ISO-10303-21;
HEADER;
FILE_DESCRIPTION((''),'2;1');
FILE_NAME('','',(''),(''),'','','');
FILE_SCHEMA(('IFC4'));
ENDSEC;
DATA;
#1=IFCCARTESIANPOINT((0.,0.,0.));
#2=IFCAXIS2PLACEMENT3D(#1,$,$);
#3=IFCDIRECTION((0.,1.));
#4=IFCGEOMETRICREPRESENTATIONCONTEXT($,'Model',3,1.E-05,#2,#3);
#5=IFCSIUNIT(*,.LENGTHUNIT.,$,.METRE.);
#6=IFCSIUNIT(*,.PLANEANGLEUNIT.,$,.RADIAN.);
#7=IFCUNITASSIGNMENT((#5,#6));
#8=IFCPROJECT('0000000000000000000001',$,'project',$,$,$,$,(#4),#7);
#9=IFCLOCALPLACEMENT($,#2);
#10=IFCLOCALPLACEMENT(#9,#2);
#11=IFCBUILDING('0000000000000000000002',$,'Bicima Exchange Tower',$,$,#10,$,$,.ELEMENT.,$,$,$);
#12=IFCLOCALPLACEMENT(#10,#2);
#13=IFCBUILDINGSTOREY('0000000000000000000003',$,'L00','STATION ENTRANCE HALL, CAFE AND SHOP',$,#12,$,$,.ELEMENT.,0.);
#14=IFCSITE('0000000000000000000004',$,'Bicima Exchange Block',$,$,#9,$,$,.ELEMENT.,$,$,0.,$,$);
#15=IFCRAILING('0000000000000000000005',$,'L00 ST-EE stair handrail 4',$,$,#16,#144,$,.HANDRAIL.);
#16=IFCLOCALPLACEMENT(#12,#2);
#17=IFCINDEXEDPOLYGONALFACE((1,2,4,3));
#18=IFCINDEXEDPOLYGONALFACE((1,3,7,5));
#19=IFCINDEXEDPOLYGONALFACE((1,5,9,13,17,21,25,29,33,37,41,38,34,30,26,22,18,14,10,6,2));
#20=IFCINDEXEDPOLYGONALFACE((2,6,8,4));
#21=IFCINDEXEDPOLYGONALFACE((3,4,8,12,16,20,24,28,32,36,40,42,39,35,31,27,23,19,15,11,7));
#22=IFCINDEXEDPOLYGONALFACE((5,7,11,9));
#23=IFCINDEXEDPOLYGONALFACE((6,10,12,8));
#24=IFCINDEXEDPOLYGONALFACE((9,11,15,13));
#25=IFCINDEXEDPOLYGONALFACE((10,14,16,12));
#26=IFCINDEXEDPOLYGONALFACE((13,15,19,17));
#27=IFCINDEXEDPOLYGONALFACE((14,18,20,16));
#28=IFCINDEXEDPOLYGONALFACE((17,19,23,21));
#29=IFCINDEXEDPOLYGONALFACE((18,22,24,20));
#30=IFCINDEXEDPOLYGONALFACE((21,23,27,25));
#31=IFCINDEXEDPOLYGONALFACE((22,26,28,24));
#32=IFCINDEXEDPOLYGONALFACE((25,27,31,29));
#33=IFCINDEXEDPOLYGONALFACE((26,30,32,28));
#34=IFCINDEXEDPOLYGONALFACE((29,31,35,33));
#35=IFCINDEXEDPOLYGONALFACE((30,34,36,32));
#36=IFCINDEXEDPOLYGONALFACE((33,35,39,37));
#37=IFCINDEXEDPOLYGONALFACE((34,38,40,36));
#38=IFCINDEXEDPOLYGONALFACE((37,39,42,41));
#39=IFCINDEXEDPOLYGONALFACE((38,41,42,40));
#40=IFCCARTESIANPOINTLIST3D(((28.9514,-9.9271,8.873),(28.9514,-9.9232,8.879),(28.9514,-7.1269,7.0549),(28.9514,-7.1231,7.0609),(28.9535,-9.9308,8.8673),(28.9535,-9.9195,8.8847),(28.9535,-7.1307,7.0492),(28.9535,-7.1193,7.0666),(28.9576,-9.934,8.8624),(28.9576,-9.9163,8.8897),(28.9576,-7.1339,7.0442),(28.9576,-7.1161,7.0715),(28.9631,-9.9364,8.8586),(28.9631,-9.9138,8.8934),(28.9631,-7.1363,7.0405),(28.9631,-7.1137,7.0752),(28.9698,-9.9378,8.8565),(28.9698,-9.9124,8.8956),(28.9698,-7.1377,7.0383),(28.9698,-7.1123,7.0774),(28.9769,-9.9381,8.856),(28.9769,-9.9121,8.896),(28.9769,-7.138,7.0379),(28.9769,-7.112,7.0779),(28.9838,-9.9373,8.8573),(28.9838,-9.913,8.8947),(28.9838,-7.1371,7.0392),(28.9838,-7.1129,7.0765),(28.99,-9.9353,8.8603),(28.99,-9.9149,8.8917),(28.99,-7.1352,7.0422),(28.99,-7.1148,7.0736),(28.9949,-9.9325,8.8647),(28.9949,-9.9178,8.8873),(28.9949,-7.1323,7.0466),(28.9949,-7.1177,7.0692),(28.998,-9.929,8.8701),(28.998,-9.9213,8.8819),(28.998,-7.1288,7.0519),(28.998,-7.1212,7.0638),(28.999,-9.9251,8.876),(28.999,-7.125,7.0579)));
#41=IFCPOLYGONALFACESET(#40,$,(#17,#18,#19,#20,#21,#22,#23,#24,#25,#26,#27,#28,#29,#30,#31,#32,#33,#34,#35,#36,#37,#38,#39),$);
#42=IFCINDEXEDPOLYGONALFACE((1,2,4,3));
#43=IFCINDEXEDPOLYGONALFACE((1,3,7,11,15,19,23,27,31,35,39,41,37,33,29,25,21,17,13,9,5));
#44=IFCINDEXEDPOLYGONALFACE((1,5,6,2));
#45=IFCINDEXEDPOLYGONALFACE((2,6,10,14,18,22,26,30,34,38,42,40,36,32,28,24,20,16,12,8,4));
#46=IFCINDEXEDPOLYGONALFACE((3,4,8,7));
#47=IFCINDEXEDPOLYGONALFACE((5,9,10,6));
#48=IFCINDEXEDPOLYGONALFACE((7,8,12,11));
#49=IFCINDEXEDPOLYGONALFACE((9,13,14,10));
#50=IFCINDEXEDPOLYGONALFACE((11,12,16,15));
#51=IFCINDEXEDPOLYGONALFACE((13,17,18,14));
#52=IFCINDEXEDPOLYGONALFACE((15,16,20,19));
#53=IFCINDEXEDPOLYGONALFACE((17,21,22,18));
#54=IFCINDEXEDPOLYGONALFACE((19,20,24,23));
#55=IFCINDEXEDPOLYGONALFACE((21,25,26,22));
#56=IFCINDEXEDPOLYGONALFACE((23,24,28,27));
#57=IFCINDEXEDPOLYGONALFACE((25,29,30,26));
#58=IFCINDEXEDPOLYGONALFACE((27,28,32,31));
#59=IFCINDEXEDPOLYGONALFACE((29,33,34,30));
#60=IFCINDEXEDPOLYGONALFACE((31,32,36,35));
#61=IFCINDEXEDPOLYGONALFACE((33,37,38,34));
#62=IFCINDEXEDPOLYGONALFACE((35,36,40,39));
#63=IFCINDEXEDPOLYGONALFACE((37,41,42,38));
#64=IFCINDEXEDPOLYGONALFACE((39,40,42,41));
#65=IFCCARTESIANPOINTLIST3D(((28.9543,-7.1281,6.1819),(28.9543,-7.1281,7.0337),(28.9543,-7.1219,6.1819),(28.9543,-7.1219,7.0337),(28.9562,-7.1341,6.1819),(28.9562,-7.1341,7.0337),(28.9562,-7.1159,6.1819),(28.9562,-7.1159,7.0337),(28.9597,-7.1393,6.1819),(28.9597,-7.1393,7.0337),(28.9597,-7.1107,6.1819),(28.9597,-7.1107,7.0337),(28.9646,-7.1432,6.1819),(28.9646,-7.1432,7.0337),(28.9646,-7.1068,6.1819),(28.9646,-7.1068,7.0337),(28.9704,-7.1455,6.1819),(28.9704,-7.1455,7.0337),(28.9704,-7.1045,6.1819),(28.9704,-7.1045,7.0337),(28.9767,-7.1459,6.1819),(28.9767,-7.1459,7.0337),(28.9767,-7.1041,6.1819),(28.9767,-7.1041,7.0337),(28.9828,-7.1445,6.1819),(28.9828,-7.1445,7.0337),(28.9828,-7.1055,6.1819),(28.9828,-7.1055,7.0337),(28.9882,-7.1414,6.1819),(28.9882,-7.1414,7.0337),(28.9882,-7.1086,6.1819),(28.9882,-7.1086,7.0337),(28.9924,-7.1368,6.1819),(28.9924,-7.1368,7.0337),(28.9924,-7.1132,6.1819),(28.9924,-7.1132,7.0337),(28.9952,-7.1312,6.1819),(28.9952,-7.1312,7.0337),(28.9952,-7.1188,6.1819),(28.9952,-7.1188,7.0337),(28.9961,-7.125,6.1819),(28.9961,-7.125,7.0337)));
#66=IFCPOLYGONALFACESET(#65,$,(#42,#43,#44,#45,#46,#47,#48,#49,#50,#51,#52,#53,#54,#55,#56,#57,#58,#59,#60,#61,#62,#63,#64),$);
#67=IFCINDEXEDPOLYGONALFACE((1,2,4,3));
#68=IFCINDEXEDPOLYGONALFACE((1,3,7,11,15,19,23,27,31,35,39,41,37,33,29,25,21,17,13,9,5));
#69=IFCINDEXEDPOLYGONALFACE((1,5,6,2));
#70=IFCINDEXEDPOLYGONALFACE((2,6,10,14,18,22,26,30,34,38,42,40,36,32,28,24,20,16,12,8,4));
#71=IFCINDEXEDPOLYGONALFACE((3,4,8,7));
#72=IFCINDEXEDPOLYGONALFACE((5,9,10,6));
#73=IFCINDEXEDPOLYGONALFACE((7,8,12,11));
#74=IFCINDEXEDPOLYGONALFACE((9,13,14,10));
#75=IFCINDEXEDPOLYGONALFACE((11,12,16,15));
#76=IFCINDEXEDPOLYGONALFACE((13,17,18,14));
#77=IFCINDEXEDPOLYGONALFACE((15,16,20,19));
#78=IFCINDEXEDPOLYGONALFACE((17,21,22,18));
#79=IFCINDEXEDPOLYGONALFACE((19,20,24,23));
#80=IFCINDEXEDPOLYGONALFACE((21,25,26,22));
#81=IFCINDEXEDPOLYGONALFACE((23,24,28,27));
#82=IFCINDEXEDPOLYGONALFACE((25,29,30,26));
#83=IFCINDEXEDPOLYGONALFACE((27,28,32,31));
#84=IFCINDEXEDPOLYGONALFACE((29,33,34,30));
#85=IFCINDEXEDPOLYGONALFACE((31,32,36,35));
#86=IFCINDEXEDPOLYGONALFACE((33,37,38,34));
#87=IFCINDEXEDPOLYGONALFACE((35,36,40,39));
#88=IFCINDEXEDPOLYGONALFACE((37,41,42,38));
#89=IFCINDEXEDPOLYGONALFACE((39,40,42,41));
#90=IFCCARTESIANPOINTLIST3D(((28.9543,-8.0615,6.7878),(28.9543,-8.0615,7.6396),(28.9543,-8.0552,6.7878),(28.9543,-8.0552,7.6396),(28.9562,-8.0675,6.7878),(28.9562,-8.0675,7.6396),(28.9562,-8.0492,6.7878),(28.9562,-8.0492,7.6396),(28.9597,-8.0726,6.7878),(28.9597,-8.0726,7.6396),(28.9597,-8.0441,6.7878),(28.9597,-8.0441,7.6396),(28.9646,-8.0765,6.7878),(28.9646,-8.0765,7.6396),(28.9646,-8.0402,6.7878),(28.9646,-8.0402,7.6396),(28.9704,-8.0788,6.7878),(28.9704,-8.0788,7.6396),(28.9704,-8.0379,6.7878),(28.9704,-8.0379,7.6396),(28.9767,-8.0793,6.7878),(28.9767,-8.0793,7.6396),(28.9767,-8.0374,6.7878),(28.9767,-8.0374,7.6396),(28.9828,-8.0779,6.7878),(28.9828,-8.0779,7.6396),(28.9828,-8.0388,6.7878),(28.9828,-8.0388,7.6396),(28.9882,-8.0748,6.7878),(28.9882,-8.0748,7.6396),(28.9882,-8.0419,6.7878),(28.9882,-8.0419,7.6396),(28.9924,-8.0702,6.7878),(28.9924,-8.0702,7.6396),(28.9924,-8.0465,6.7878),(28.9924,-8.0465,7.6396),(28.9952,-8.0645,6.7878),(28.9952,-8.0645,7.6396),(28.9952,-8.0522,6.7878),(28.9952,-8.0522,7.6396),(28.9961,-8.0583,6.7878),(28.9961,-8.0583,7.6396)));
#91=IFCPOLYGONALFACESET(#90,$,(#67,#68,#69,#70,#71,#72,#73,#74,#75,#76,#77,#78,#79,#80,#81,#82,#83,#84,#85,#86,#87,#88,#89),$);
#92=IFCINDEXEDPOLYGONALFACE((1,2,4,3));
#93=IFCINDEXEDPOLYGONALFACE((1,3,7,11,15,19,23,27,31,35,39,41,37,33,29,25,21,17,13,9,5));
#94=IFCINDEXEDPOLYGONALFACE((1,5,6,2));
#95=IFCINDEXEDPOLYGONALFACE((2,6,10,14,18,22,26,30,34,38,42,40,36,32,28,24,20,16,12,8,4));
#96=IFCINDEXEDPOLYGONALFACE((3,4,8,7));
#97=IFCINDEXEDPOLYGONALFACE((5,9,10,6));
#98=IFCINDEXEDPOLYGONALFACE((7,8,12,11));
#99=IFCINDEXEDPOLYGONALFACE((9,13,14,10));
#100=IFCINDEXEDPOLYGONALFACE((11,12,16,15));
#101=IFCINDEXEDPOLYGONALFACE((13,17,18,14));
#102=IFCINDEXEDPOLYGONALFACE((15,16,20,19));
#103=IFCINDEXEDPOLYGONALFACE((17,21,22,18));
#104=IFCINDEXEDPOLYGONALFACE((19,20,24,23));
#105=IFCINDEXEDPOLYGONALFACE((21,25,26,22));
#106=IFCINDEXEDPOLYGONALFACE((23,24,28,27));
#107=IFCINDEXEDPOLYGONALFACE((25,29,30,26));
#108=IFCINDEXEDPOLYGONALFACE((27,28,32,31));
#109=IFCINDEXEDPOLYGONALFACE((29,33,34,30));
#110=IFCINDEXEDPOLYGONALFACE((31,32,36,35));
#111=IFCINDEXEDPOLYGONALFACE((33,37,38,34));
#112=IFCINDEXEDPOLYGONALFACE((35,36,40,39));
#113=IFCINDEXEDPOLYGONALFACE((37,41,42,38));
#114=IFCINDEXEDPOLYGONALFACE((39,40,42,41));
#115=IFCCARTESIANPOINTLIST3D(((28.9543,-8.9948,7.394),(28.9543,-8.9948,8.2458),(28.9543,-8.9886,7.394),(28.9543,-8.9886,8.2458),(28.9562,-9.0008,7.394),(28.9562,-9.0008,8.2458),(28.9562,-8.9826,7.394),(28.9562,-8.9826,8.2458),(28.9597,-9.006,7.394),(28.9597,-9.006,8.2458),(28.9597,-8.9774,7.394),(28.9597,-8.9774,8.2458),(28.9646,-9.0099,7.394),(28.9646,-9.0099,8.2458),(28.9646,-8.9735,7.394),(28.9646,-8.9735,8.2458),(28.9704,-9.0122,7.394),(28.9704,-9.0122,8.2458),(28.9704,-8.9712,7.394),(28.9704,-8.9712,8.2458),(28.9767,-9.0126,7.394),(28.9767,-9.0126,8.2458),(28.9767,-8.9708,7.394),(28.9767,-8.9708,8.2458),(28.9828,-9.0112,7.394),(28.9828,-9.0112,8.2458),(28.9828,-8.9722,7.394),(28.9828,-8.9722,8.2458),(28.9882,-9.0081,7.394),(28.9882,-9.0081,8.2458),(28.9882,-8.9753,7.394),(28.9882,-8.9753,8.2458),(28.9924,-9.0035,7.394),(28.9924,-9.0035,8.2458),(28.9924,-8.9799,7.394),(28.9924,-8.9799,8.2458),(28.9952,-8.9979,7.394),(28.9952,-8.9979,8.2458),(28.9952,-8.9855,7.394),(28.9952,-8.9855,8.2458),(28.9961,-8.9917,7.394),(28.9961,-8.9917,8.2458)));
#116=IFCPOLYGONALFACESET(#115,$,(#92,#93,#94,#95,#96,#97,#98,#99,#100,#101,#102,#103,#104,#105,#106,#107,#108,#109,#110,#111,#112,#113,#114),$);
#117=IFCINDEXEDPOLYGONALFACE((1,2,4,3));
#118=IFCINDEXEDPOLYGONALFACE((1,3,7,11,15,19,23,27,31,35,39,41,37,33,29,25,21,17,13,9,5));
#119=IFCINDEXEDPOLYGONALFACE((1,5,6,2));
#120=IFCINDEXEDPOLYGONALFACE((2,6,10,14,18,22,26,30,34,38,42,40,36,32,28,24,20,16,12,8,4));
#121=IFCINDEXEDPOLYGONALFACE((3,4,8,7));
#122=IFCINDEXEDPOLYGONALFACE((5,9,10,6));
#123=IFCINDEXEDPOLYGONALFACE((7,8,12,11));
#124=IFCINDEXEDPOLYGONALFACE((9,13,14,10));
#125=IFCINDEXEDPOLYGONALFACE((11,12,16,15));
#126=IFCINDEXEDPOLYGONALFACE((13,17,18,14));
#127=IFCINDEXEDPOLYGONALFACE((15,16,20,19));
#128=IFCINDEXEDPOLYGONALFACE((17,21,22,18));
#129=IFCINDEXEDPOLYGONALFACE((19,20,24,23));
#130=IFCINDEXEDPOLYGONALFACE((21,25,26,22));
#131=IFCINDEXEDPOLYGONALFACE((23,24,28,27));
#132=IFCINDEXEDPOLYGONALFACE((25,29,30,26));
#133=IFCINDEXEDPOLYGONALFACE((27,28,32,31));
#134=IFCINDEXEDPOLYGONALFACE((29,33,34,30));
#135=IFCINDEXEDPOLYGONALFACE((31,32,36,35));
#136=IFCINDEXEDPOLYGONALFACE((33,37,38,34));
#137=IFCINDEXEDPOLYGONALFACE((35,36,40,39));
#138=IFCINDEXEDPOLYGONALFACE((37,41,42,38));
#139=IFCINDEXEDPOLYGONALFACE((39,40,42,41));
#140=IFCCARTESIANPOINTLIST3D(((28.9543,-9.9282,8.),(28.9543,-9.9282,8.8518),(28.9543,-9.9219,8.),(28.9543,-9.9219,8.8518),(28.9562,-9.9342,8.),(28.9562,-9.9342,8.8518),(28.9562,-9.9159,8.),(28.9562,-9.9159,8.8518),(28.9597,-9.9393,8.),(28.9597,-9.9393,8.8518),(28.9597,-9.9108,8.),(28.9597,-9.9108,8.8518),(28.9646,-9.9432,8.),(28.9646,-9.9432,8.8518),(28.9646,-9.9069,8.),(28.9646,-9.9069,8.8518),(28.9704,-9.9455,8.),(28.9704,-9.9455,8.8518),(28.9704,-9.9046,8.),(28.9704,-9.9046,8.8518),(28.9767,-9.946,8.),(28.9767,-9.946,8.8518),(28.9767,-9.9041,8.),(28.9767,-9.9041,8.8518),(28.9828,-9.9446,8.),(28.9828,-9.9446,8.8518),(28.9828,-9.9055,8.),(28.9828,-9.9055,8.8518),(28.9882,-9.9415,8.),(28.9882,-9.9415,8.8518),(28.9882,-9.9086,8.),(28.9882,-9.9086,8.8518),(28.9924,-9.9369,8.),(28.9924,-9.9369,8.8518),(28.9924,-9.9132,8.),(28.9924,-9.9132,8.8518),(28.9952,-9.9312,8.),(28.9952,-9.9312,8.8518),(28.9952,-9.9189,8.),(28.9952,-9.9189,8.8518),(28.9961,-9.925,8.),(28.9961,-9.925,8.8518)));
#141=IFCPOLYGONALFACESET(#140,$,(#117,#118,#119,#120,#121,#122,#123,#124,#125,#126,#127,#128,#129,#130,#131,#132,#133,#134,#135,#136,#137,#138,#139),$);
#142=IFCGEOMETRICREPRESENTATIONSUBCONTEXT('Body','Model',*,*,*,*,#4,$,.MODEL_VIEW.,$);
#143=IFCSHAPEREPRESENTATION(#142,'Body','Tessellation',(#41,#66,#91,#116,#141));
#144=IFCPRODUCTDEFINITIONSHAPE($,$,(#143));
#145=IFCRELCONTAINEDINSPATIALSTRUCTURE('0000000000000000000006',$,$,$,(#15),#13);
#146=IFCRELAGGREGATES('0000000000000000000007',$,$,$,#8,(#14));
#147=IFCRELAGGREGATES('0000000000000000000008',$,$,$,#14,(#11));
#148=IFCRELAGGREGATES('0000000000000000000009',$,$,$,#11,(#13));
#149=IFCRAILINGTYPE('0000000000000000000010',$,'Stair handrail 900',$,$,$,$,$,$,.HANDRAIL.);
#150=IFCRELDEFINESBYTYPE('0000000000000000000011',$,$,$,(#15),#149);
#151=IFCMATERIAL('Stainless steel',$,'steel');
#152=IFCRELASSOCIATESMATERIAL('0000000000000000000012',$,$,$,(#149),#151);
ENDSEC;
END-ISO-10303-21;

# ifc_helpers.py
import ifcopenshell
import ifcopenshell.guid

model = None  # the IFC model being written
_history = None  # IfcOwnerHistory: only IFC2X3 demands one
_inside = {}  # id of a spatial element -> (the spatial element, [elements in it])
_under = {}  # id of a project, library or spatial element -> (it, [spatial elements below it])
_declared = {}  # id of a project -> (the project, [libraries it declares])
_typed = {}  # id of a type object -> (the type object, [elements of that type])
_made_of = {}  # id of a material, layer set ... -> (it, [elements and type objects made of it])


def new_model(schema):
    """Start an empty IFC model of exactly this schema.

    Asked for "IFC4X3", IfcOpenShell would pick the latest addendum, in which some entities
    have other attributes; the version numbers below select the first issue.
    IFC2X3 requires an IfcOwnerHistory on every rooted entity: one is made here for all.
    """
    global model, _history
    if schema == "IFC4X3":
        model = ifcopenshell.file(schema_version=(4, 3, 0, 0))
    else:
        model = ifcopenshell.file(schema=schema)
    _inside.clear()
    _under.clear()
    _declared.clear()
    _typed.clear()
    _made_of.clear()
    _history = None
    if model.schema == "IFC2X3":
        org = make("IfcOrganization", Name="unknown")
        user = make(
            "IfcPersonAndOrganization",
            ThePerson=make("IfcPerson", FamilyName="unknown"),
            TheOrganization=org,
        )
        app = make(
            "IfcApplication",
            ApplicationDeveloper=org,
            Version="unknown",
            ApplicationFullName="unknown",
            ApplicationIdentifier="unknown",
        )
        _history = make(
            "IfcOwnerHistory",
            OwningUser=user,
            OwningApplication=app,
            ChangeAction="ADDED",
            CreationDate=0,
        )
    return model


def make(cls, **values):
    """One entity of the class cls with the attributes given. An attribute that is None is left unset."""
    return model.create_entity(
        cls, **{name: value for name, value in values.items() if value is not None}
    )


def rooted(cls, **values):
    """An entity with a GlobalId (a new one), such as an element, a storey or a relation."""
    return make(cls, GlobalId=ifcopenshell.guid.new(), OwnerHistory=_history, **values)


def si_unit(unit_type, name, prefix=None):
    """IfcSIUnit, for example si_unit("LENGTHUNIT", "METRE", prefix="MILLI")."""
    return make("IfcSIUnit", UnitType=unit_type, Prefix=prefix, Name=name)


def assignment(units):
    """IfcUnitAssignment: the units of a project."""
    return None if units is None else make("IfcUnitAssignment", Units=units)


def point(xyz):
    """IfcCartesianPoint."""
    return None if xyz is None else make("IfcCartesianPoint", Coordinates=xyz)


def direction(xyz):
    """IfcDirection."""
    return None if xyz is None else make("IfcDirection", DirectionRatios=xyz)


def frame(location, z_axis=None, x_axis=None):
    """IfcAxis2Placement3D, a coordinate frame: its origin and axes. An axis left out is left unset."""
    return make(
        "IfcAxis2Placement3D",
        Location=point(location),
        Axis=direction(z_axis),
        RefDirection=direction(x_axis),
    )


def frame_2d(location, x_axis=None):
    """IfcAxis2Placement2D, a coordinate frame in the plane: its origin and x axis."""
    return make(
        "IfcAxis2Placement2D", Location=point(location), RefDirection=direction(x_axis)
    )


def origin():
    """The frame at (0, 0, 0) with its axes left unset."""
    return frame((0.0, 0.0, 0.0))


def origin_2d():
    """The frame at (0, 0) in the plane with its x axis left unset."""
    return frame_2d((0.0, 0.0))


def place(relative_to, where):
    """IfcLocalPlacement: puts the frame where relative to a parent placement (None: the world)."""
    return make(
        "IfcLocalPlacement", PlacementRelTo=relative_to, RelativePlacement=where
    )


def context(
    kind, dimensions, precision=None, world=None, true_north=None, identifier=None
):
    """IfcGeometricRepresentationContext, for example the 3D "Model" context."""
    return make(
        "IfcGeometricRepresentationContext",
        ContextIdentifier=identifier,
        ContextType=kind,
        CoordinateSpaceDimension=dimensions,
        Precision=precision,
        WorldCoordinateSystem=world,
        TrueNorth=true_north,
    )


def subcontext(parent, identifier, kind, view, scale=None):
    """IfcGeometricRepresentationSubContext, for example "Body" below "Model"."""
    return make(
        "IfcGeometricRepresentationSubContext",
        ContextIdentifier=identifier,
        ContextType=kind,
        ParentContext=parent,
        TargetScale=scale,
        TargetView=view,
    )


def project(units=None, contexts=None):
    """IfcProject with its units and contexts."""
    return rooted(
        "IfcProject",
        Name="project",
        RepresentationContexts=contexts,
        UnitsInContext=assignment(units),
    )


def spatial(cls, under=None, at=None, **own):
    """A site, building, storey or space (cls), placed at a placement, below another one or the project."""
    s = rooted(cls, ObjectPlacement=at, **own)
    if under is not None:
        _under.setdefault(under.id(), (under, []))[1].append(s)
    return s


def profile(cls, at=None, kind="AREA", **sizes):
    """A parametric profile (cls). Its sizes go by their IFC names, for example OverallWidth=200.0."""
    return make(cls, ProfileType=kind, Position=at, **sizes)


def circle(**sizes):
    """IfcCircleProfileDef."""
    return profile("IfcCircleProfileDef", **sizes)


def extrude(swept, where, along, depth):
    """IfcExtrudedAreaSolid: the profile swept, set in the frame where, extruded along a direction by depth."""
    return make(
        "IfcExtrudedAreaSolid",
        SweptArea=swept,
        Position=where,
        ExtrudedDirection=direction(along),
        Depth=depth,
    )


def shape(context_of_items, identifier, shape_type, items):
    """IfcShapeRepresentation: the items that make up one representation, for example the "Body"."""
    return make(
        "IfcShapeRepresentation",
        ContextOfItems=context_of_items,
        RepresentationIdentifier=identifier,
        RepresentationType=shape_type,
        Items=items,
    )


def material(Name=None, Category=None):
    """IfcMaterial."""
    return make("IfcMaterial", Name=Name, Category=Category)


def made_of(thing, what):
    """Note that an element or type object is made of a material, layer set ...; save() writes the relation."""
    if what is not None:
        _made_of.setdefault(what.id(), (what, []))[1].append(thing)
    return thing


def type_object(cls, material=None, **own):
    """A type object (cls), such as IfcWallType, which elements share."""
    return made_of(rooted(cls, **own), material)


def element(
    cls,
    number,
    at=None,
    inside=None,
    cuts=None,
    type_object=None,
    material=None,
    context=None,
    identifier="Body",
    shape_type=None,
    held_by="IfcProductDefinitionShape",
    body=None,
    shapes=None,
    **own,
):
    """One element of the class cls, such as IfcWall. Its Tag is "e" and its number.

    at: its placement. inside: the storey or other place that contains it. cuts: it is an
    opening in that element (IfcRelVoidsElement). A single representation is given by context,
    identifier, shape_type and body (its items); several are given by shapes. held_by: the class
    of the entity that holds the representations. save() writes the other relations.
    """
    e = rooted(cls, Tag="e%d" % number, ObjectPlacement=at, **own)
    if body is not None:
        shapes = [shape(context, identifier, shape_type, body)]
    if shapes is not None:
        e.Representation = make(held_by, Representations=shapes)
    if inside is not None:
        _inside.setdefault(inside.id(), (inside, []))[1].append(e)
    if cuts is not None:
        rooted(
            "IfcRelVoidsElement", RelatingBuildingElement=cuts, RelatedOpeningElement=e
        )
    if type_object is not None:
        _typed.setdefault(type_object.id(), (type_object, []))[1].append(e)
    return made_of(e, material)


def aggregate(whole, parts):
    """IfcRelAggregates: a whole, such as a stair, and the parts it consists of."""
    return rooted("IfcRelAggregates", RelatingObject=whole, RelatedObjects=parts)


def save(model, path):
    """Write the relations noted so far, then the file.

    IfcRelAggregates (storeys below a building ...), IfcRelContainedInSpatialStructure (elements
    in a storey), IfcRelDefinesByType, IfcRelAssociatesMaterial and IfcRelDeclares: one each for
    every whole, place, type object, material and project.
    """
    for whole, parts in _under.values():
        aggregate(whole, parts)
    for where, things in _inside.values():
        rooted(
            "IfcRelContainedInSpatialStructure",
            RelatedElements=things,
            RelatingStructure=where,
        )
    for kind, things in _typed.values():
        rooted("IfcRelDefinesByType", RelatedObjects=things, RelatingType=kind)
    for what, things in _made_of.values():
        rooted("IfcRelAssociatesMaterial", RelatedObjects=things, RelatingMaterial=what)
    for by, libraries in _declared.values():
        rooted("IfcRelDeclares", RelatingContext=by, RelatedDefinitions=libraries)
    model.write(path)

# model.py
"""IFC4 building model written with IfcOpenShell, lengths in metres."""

from ifc_helpers import new_model, si_unit, direction, frame, origin, origin_2d, place, context, subcontext, project, spatial, circle, extrude, material, type_object, element, save


model = new_model("IFC4")

# Units and contexts
model_context = context("Model", 3, precision=1e-05, world=origin(), true_north=direction((0.0, 1.0)))
body_context = subcontext(model_context, "Body", "Model", "MODEL_VIEW")
ifc_project = project(units=[si_unit("LENGTHUNIT", "METRE"), si_unit("PLANEANGLEUNIT", "RADIAN")], contexts=[model_context])

# Site, building, storey
site_placement = place(None, origin())
site = spatial("IfcSite", under=ifc_project, at=site_placement, Name="Bicima Exchange Block", CompositionType="ELEMENT", RefElevation=0.0)
building_placement = place(site_placement, origin())
building = spatial("IfcBuilding", under=site, at=building_placement, Name="Bicima Exchange Tower", CompositionType="ELEMENT")
storey_placement = place(building_placement, origin())
storey = spatial("IfcBuildingStorey", under=building, at=storey_placement, Name="L00", Description="STATION ENTRANCE HALL, CAFE AND SHOP", CompositionType="ELEMENT", Elevation=0.0)

# Railing
ifc_material_1 = material(Name="Stainless steel", Category="steel")
railing_type = type_object("IfcRailingType", Name="Stair handrail 900", PredefinedType="HANDRAIL", material=ifc_material_1)
railing_1_placement = place(storey_placement, frame((28.9751, -7.125, 6.1819)))
element("IfcRailing", 1, at=railing_1_placement, inside=storey, type_object=railing_type, Name="L00 ST-EE stair handrail 4", PredefinedType="HANDRAIL", context=body_context, shape_type="SweptSolid", body=[
    extrude(circle(Radius=0.0239, at=origin_2d()), frame((0.0, 0.0, 0.876), z_axis=(0.0, -0.838706, 0.544585), x_axis=(1.0, 0.0, 0.0)), (0.0, 0.0, 1.0), 3.3386),
    extrude(circle(Radius=0.021, at=origin_2d()), origin(), (0.0, 0.0, 1.0), 0.8518),
    extrude(circle(Radius=0.021, at=origin_2d()), frame((0.0, -0.9333, 0.606)), (0.0, 0.0, 1.0), 0.8518),
    extrude(circle(Radius=0.021, at=origin_2d()), frame((0.0, -1.8667, 1.2122)), (0.0, 0.0, 1.0), 0.8518),
    extrude(circle(Radius=0.021, at=origin_2d()), frame((0.0, -2.8, 1.8181)), (0.0, 0.0, 1.0), 0.8518),
])

save(model, "model.ifc")
